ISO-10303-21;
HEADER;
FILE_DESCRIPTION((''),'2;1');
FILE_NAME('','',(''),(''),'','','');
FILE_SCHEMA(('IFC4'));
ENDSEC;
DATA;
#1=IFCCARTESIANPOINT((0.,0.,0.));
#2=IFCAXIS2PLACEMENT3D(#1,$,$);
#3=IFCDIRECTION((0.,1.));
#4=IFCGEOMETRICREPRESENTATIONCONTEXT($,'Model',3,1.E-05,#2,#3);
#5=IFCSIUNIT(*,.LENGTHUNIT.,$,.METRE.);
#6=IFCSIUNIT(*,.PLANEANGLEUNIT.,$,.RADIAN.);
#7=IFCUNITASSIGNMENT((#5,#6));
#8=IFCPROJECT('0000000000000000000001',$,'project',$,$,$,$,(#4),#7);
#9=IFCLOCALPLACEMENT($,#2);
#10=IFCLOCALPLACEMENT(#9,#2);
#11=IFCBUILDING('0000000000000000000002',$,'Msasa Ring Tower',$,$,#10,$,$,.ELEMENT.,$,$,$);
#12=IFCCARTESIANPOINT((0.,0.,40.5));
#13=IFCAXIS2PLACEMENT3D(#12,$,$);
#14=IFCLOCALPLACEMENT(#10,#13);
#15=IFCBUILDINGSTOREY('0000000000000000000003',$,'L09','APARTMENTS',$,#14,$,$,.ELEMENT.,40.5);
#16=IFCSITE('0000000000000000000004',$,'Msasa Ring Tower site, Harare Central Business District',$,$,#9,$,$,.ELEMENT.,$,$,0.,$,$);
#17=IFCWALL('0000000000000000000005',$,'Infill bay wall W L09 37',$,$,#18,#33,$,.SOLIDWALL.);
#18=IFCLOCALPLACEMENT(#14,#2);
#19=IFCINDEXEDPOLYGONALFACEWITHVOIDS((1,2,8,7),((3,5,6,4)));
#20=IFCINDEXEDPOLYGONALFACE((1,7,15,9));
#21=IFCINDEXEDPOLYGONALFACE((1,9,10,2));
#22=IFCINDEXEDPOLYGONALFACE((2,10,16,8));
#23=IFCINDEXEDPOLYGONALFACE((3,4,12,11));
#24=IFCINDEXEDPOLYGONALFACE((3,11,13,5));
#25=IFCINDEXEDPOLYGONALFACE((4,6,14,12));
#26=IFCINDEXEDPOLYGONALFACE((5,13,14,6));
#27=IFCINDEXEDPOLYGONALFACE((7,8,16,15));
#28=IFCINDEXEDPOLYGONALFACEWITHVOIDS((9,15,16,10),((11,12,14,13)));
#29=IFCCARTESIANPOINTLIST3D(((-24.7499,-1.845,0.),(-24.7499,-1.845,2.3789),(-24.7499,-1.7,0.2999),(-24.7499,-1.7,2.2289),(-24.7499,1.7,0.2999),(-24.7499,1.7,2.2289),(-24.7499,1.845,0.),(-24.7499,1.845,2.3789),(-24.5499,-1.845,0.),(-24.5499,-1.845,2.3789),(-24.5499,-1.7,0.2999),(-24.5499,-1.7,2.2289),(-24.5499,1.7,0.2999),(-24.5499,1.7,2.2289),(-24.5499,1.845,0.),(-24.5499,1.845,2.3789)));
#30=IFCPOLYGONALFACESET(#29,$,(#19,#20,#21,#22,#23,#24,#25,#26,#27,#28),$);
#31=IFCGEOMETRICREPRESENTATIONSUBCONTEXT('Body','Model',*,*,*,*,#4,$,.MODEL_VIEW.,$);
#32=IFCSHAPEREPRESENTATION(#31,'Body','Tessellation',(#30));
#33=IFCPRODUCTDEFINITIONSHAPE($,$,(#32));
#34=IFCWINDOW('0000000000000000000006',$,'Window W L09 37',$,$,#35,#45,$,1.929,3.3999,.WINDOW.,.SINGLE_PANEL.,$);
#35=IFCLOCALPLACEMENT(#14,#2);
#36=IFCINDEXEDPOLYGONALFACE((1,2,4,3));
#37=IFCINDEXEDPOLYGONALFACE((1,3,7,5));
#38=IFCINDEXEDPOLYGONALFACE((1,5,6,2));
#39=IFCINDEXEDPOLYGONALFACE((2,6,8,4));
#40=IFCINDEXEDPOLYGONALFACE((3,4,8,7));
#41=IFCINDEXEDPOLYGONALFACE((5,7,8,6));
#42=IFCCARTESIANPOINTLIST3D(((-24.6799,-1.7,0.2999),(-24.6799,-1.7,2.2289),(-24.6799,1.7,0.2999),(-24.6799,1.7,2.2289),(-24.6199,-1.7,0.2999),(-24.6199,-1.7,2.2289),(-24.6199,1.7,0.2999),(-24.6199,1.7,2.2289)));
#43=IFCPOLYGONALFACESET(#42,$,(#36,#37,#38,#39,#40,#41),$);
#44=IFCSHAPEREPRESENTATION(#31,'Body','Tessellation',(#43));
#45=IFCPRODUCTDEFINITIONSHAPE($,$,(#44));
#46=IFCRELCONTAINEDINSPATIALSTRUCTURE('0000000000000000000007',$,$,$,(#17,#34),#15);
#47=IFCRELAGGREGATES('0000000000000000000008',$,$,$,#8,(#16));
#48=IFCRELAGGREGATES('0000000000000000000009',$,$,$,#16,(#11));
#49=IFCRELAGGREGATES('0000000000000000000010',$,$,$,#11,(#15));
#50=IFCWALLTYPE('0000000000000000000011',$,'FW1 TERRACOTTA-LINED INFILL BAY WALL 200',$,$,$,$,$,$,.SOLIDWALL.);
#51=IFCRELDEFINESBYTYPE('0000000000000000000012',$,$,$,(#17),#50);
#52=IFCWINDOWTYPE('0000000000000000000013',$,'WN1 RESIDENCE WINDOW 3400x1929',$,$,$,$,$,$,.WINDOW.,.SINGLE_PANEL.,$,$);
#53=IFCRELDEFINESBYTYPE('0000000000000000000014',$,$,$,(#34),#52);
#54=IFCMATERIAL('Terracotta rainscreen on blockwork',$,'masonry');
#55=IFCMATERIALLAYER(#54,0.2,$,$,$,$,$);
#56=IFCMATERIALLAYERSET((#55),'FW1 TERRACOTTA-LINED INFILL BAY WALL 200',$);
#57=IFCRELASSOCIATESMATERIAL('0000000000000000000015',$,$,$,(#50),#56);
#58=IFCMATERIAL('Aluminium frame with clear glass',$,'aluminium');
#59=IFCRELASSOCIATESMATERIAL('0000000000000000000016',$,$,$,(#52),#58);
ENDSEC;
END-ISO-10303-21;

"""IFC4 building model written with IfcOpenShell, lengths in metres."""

from ifc_helpers import new_model, si_unit, direction, frame, frame_2d, origin, place, context, subcontext, project, spatial, rectangle, extrude, material, layer, layer_set, type_object, element, fill, save


model = new_model("IFC4")

# Units and contexts
model_context = context("Model", 3, precision=1e-05, world=origin(), true_north=direction((0.0, 1.0)))
body_context = subcontext(model_context, "Body", "Model", "MODEL_VIEW")
ifc_project = project(units=[si_unit("LENGTHUNIT", "METRE"), si_unit("PLANEANGLEUNIT", "RADIAN")], contexts=[model_context])

# Site, building, storey
site_placement = place(None, origin())
site = spatial("IfcSite", under=ifc_project, at=site_placement, Name="Msasa Ring Tower site, Harare Central Business District", CompositionType="ELEMENT", RefElevation=0.0)
building_placement = place(site_placement, origin())
building = spatial("IfcBuilding", under=site, at=building_placement, Name="Msasa Ring Tower", CompositionType="ELEMENT")
storey_placement = place(building_placement, frame((0.0, 0.0, 40.5)))
storey = spatial("IfcBuildingStorey", under=building, at=storey_placement, Name="L09", Description="APARTMENTS", CompositionType="ELEMENT", Elevation=40.5)

# Wall, opening, window
ifc_material_1 = material(Name="Terracotta rainscreen on blockwork", Category="masonry")
ifc_layer_1 = layer(ifc_material_1, 0.2)
ifc_layer_set_1 = layer_set([ifc_layer_1], Name="FW1 TERRACOTTA-LINED INFILL BAY WALL 200")
wall_type_1 = type_object("IfcWallType", Name="FW1 TERRACOTTA-LINED INFILL BAY WALL 200", PredefinedType="SOLIDWALL", material=ifc_layer_set_1)
ifc_material_2 = material(Name="Aluminium frame with clear glass", Category="aluminium")
window_type = type_object("IfcWindowType", Name="WN1 RESIDENCE WINDOW 3400x1929", PartitioningType="SINGLE_PANEL", PredefinedType="WINDOW", material=ifc_material_2)
wall_1_placement = place(storey_placement, frame((-24.6499, -1.845, 0.0), z_axis=(0.0, 0.0, 1.0), x_axis=(0.0, 1.0, 0.0)))
wall_1 = element("IfcWall", 1, at=wall_1_placement, inside=storey, type_object=wall_type_1, Name="Infill bay wall W L09 37", PredefinedType="SOLIDWALL", context=body_context, shape_type="SweptSolid", body=[
    extrude(rectangle(XDim=3.6899, YDim=0.2, at=frame_2d((1.845, 0.0))), origin(), (0.0, 0.0, 1.0), 2.3789),
])
opening_1_placement = place(wall_1_placement, frame((0.145, 0.0, 0.3)))
opening_1 = element("IfcOpeningElement", 2, at=opening_1_placement, cuts=wall_1, PredefinedType="OPENING", context=body_context, shape_type="SweptSolid", body=[
    extrude(rectangle(XDim=3.3999, YDim=1.929, at=frame_2d((1.7, 0.9644))), frame((0.0, 0.1099, 0.0), z_axis=(0.0, -1.0, 0.0), x_axis=(1.0, 0.0, 0.0)), (0.0, 0.0, 1.0), 0.22),
])
window_1_placement = place(opening_1_placement, origin())
window_1 = element("IfcWindow", 3, at=window_1_placement, inside=storey, type_object=window_type, Name="Window W L09 37", OverallHeight=1.929, OverallWidth=3.3999, PartitioningType="SINGLE_PANEL", PredefinedType="WINDOW", context=body_context, shape_type="SweptSolid", body=[
    extrude(rectangle(XDim=3.3999, YDim=1.929, at=frame_2d((1.7, 0.9644))), frame((0.0, 0.03, 0.0), z_axis=(0.0, -1.0, 0.0), x_axis=(1.0, 0.0, 0.0)), (0.0, 0.0, 1.0), 0.0601),
])
fill(opening_1, window_1)

save(model, "model.ifc")
